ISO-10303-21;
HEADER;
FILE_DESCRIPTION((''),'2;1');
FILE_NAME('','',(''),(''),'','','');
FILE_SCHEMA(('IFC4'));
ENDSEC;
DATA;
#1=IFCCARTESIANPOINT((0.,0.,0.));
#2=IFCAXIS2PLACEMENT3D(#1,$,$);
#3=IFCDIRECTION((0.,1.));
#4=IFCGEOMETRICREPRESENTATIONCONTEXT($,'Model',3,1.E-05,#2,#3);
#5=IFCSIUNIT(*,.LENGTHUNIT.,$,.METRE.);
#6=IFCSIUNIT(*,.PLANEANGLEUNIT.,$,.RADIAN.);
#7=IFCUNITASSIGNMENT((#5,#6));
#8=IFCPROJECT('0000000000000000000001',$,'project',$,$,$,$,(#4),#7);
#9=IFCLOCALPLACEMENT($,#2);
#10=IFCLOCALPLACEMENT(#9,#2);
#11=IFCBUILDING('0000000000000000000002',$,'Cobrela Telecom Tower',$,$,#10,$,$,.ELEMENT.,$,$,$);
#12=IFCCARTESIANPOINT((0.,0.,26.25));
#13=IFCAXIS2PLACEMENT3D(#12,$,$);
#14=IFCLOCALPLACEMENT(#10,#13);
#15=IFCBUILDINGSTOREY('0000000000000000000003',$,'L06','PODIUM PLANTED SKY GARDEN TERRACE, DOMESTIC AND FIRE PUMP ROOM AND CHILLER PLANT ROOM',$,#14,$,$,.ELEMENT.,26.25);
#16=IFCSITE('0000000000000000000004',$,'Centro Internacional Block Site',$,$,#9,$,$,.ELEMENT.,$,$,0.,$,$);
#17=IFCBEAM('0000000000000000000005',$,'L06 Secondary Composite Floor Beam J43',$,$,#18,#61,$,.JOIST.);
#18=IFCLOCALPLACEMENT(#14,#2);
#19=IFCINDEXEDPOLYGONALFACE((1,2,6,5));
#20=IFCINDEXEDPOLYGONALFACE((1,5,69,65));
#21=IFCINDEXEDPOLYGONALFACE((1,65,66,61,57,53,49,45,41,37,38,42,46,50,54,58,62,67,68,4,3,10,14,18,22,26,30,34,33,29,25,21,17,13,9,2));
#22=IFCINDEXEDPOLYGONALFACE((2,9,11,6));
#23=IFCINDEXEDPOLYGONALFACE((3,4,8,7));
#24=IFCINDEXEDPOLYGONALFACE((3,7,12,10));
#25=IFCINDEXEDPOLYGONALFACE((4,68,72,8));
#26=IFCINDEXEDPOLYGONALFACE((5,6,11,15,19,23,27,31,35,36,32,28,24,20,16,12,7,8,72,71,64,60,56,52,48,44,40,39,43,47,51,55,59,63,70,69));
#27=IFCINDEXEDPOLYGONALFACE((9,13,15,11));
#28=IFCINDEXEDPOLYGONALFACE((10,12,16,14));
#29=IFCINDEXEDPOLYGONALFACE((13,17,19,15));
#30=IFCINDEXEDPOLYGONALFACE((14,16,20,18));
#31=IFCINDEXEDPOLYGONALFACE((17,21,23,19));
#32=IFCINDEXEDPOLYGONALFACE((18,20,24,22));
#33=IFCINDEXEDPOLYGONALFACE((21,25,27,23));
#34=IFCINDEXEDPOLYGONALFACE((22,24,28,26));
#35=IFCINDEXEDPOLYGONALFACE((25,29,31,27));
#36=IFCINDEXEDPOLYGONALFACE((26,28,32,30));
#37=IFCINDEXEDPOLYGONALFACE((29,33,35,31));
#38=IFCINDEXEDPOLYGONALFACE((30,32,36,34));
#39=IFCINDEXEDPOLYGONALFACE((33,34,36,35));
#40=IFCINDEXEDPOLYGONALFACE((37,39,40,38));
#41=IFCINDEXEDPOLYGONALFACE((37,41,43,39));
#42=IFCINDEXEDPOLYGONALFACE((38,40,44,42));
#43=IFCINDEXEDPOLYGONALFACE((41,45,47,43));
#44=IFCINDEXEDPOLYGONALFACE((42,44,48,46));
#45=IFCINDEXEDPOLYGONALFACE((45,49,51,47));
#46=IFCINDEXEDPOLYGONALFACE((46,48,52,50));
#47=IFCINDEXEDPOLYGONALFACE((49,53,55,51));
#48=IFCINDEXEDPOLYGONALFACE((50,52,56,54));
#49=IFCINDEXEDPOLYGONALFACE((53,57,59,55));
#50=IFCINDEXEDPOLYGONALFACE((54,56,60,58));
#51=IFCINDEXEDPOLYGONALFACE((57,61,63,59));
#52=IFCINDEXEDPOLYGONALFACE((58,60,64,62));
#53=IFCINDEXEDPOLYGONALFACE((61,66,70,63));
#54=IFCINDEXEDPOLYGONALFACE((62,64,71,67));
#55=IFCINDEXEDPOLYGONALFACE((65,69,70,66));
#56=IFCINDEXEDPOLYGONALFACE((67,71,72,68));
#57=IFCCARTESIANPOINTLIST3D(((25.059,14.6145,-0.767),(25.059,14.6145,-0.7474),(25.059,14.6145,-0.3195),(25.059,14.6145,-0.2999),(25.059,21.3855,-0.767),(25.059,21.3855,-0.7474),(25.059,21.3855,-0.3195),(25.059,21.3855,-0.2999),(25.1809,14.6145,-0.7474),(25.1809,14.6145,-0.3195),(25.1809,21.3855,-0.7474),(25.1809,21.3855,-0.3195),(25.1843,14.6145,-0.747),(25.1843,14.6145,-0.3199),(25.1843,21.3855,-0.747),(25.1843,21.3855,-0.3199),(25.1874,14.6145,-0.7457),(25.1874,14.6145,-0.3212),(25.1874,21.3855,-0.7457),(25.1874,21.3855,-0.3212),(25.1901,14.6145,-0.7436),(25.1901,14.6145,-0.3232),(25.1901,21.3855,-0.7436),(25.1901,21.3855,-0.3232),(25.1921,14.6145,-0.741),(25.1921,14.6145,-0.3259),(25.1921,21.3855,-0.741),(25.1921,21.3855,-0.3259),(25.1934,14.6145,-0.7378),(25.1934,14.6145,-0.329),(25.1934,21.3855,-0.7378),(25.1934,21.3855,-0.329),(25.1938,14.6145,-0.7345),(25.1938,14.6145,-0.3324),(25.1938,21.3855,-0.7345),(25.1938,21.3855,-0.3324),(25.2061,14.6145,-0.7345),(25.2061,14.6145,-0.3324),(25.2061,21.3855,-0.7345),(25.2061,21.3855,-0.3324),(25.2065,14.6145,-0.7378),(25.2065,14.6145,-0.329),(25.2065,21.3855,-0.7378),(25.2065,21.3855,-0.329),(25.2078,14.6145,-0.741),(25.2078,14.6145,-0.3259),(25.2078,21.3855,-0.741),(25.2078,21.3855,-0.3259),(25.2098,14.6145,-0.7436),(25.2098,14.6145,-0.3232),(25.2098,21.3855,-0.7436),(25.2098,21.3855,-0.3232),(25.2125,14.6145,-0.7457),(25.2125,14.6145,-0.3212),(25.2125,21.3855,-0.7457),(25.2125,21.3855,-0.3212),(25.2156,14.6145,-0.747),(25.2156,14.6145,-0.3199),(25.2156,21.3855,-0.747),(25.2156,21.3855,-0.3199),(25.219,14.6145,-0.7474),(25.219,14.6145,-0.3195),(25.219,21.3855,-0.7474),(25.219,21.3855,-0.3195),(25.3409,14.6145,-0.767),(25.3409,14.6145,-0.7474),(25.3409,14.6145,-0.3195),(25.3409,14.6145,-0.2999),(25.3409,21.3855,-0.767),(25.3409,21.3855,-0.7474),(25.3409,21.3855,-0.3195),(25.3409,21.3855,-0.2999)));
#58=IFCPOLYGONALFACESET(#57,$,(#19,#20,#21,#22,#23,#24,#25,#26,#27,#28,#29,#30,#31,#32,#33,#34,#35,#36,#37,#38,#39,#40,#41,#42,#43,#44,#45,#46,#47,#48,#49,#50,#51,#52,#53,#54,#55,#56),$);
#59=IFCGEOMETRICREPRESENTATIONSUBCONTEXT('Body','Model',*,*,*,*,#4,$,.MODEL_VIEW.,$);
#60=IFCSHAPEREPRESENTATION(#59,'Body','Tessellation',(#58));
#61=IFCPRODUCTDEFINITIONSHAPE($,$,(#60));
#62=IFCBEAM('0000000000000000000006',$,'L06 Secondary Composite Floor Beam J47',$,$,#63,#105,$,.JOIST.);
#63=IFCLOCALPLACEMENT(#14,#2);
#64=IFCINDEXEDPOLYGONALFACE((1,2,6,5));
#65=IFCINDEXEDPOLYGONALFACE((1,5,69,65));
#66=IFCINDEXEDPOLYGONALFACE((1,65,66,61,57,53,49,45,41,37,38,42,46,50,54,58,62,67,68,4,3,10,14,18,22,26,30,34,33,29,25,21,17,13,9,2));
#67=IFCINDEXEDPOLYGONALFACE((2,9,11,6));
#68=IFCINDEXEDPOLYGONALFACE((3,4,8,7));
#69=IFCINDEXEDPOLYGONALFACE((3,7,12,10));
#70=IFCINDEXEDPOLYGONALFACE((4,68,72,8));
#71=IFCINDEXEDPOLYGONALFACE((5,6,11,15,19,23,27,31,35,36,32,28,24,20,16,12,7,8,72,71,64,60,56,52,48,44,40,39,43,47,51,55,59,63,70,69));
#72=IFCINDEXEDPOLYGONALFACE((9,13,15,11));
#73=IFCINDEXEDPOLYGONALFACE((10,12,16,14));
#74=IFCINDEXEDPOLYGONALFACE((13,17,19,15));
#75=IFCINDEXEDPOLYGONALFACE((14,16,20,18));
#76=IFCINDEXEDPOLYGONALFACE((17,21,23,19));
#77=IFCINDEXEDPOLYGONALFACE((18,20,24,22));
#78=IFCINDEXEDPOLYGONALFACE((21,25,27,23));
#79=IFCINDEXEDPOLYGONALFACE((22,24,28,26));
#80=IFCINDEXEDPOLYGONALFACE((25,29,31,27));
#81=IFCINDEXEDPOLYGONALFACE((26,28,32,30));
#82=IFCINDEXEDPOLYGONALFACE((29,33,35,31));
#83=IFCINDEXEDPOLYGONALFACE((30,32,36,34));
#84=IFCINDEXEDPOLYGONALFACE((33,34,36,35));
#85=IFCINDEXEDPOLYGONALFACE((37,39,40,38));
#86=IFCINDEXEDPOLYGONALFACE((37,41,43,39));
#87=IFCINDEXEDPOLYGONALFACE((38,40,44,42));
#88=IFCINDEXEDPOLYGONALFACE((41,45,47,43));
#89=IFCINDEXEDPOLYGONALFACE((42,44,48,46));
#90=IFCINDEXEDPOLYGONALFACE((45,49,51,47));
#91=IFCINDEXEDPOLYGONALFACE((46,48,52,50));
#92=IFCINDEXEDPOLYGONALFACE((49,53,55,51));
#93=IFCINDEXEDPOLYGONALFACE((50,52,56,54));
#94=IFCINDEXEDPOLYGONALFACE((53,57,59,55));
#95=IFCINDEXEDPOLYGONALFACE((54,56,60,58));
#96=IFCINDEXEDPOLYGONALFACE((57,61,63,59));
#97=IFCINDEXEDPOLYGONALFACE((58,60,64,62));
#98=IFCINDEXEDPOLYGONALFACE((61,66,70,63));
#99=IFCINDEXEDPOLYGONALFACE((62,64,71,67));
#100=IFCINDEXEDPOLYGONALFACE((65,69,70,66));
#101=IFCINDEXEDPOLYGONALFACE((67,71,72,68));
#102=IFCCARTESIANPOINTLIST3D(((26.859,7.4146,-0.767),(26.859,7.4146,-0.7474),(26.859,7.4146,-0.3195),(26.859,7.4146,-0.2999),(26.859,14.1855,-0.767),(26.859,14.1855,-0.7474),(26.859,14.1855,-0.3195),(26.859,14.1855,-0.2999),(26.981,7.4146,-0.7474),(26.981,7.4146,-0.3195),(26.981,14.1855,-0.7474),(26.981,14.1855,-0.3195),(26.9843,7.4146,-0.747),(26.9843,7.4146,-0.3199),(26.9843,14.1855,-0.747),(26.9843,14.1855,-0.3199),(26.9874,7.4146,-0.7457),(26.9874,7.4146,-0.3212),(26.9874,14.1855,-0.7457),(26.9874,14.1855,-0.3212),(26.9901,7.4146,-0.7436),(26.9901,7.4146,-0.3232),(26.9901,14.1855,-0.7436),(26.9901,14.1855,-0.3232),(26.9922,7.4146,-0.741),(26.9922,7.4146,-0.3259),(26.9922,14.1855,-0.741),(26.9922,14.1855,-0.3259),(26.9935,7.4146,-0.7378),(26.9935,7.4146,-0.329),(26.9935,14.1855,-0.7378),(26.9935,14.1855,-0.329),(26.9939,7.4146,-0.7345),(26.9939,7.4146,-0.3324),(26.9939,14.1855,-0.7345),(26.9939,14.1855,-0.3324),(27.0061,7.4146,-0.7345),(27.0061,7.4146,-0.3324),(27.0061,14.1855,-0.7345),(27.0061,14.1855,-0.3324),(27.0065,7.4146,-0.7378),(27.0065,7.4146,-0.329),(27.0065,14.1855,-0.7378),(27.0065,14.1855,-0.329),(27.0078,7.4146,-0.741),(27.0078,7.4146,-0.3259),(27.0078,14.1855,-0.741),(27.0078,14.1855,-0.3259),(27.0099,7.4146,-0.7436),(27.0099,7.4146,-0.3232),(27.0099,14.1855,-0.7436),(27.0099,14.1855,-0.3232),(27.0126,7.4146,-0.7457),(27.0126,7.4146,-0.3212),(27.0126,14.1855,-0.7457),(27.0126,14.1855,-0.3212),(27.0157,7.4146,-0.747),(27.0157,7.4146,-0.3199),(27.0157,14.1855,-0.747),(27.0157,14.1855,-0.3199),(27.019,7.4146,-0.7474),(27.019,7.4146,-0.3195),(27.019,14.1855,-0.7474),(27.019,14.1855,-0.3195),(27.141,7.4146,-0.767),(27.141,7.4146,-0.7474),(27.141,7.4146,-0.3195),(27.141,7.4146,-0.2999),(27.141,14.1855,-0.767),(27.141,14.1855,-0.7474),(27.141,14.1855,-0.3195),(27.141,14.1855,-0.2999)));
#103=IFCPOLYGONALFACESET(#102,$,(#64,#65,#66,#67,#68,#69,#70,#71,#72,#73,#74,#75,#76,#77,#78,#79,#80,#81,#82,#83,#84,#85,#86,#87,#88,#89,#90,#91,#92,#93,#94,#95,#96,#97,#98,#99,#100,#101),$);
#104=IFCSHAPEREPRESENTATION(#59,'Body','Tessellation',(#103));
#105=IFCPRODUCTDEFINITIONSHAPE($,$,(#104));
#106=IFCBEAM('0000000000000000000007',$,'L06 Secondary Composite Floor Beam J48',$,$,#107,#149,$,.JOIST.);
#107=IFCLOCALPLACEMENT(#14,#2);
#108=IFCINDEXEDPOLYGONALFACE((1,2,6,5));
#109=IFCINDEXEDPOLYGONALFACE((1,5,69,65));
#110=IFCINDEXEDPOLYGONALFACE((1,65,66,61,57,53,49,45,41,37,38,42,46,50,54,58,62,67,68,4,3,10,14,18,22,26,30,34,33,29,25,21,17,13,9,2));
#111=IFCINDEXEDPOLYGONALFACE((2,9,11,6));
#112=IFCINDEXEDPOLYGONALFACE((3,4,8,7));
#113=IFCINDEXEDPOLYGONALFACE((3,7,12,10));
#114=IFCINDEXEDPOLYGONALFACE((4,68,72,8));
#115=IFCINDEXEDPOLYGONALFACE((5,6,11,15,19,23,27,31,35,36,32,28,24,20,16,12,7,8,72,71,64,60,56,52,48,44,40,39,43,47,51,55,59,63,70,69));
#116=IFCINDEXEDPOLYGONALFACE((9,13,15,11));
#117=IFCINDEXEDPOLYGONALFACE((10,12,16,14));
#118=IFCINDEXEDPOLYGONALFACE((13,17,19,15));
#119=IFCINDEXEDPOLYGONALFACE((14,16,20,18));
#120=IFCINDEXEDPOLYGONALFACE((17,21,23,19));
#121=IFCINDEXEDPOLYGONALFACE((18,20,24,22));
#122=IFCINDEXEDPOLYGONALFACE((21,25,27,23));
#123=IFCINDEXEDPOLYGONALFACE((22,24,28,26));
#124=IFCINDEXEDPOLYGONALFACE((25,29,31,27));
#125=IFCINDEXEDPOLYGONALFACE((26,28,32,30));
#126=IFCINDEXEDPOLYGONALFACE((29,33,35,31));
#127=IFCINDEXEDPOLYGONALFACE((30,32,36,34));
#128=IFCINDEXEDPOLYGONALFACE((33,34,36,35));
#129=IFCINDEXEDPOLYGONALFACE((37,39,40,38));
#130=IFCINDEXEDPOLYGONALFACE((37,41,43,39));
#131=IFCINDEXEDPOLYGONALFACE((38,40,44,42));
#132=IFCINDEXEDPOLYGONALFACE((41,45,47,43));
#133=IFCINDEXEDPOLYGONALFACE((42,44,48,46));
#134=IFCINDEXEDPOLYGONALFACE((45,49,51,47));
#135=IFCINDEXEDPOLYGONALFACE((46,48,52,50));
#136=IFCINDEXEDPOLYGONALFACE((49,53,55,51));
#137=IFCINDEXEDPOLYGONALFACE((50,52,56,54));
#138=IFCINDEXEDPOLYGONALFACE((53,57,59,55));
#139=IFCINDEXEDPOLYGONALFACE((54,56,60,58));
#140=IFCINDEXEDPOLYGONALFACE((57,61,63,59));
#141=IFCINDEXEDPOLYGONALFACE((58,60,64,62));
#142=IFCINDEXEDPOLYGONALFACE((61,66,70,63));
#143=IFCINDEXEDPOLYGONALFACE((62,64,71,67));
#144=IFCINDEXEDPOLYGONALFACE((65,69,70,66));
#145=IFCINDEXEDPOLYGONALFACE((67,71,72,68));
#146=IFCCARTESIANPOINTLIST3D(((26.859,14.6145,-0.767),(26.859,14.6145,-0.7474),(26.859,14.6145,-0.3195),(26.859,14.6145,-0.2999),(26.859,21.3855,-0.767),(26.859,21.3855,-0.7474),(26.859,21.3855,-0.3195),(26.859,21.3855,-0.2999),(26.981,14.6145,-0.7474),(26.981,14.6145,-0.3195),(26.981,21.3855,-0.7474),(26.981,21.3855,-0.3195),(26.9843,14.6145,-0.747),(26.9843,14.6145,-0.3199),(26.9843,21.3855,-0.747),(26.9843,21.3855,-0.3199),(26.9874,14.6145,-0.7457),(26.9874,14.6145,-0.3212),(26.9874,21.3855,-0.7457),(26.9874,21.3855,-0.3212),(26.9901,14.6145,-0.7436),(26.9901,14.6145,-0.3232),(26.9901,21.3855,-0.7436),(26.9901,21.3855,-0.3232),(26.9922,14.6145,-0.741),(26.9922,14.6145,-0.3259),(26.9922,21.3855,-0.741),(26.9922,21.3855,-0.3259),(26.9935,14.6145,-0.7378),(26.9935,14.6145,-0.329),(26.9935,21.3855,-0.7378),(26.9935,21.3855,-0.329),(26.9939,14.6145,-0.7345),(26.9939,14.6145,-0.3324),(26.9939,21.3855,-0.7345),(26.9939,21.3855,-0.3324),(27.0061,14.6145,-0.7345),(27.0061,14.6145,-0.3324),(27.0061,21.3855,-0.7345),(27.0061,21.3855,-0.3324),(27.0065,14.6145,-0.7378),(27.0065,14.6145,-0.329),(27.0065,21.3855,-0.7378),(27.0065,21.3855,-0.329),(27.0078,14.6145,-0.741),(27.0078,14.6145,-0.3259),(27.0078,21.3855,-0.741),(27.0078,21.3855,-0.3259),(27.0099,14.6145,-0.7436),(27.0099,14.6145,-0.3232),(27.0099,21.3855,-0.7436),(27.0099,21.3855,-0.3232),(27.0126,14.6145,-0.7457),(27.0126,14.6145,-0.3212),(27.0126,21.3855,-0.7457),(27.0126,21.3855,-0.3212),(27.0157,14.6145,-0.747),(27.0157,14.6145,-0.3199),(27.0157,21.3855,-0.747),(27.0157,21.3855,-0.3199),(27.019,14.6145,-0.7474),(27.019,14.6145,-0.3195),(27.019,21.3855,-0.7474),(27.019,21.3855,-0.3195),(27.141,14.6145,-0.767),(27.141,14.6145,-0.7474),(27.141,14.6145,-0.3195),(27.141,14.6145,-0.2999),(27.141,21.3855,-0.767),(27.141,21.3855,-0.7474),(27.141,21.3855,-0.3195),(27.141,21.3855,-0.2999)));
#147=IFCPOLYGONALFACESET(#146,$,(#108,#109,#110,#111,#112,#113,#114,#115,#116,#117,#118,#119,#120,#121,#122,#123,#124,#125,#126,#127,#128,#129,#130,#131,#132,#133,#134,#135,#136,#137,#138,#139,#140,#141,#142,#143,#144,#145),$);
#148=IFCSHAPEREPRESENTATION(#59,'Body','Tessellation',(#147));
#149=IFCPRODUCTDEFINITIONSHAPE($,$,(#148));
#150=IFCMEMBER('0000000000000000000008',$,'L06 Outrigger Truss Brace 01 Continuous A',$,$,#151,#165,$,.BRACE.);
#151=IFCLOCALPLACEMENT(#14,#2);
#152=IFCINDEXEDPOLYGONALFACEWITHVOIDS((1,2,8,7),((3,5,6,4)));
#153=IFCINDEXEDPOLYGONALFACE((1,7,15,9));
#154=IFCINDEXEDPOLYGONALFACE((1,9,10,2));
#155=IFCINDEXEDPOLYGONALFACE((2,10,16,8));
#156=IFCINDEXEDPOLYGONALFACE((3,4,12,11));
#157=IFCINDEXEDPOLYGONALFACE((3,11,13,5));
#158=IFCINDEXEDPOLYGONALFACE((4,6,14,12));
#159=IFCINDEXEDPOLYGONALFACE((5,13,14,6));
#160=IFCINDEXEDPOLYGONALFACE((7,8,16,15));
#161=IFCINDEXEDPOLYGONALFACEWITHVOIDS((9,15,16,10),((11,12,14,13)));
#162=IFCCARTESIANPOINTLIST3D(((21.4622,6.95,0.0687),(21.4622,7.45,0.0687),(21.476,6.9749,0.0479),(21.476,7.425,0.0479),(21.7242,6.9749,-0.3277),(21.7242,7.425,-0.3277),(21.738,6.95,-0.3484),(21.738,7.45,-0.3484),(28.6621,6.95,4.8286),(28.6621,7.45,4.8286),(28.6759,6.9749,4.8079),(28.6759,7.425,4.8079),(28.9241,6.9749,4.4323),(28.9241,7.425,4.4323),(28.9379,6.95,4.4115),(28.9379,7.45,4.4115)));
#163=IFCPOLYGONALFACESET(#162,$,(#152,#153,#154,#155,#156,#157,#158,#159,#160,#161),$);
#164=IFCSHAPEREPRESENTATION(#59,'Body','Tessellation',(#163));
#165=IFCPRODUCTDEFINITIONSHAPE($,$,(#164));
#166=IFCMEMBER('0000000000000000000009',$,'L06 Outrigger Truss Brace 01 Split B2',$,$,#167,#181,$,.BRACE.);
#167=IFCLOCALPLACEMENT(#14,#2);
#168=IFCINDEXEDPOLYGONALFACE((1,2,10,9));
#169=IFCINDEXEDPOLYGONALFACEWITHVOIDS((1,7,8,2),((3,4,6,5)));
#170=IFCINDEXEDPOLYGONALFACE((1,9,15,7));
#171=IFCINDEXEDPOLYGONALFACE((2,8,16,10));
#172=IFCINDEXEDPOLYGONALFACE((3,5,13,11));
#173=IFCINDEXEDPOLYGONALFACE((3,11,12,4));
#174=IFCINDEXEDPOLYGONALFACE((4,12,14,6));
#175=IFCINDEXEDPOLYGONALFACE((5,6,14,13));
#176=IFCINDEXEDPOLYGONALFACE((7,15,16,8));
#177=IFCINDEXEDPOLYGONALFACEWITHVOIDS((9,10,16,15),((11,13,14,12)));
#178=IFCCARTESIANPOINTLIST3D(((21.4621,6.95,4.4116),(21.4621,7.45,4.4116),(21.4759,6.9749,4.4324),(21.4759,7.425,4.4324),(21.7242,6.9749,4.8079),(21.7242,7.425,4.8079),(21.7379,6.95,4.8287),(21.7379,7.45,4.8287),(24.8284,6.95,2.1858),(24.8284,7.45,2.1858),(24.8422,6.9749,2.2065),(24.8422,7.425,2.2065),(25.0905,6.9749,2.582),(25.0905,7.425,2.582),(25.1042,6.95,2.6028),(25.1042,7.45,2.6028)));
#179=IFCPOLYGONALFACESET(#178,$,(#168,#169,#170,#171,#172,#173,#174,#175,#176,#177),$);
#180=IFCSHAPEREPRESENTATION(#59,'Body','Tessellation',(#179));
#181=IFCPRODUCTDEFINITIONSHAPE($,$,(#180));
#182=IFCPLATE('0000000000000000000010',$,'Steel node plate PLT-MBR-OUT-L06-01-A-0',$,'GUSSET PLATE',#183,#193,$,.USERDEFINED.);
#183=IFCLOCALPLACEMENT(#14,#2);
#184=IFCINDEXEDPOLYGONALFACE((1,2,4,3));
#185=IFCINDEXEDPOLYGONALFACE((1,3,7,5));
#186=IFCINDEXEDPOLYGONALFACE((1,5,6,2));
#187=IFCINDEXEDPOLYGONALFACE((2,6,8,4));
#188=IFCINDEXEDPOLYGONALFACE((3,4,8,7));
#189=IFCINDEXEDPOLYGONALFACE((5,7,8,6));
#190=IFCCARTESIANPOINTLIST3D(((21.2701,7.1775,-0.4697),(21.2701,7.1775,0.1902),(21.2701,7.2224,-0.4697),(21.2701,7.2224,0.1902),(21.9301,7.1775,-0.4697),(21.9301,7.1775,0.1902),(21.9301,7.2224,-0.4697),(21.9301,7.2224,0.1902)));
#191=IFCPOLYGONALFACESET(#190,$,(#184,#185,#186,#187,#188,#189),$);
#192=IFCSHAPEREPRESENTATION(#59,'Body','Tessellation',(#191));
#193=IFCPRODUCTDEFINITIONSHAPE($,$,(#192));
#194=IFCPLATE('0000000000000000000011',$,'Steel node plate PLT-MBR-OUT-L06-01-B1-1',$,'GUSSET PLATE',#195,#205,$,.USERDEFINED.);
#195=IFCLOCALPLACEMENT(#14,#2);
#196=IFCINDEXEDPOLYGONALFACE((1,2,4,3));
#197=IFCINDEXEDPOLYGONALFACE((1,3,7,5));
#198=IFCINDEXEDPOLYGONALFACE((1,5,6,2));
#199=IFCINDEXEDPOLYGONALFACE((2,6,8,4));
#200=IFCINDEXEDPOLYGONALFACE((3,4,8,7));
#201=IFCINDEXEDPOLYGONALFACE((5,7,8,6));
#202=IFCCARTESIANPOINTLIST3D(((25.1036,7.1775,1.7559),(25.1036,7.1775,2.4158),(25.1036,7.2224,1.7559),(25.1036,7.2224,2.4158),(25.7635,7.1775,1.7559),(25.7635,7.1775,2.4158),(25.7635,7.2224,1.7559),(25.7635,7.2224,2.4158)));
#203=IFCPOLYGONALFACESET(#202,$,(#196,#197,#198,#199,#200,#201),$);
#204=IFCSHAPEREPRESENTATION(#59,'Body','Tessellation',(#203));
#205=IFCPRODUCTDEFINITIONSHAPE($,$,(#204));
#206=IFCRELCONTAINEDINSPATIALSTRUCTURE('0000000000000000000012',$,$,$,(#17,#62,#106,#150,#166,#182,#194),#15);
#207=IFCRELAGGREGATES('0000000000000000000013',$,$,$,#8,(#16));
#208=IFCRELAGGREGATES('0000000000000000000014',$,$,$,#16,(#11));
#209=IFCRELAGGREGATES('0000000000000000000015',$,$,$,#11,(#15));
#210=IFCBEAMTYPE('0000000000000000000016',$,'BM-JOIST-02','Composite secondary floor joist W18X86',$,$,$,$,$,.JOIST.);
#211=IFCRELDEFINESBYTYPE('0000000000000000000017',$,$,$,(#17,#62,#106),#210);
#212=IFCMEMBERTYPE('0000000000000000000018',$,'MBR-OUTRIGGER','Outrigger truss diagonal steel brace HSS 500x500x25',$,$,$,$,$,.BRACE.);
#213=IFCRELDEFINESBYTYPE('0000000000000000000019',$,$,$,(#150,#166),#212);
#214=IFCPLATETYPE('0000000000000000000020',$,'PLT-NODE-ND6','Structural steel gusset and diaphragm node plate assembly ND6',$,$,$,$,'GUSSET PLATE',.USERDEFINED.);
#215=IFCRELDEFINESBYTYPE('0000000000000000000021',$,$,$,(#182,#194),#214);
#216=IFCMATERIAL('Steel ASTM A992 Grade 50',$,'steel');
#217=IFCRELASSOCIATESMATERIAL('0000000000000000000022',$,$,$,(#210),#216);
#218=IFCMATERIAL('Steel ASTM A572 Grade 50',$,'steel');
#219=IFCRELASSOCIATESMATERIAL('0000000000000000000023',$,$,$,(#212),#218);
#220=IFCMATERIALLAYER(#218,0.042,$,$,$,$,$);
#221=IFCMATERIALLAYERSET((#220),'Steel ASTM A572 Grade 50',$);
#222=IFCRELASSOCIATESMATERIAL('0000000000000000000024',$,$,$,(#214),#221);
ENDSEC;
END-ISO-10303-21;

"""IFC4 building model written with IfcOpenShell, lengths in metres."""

from ifc_helpers import new_model, si_unit, direction, frame, origin, origin_2d, place, context, subcontext, project, spatial, rectangle, hollow_rectangle, i_section, extrude, material, layer, layer_set, material_profile, profile_set, type_object, element, save


model = new_model("IFC4")

# Units and contexts
model_context = context("Model", 3, precision=1e-05, world=origin(), true_north=direction((0.0, 1.0)))
body_context = subcontext(model_context, "Body", "Model", "MODEL_VIEW")
ifc_project = project(units=[si_unit("LENGTHUNIT", "METRE"), si_unit("PLANEANGLEUNIT", "RADIAN")], contexts=[model_context])

# Site, building, storey
site_placement = place(None, origin())
site = spatial("IfcSite", under=ifc_project, at=site_placement, Name="Centro Internacional Block Site", CompositionType="ELEMENT", RefElevation=0.0)
building_placement = place(site_placement, origin())
building = spatial("IfcBuilding", under=site, at=building_placement, Name="Cobrela Telecom Tower", CompositionType="ELEMENT")
storey_placement = place(building_placement, frame((0.0, 0.0, 26.25)))
storey = spatial("IfcBuildingStorey", under=building, at=storey_placement, Name="L06", Description="PODIUM PLANTED SKY GARDEN TERRACE, DOMESTIC AND FIRE PUMP ROOM AND CHILLER PLANT ROOM", CompositionType="ELEMENT", Elevation=26.25)

# Beams
ifc_material_1 = material(Name="Steel ASTM A992 Grade 50", Category="steel")
ifc_material_profile_1 = material_profile(ifc_material_1, i_section(OverallWidth=0.282, OverallDepth=0.467, WebThickness=0.0122, FlangeThickness=0.0195, FilletRadius=0.0129, at=origin_2d()), Name="W18X86")
ifc_profile_set_1 = profile_set([ifc_material_profile_1], Name="Steel ASTM A992 Grade 50")
beam_type_1 = type_object("IfcBeamType", Name="BM-JOIST-02", Description="Composite secondary floor joist W18X86", PredefinedType="JOIST", material=ifc_profile_set_1)
for number, where, z_axis, x_axis, name in (
    (1, (25.2, 14.6145, -0.5334), (0.0, 1.0, 0.0), (-1.0, 0.0, 0.0), "L06 Secondary Composite Floor Beam J43"),
    (2, (27.0, 7.4146, -0.5334), (0.0, 1.0, 0.0), (-1.0, 0.0, 0.0), "L06 Secondary Composite Floor Beam J47"),
    (3, (27.0, 14.6145, -0.5334), (0.0, 1.0, 0.0), (-1.0, 0.0, 0.0), "L06 Secondary Composite Floor Beam J48"),
):
    element("IfcBeam", number, at=place(storey_placement, frame(where, z_axis=z_axis, x_axis=x_axis)), inside=storey, type_object=beam_type_1, Name=name, PredefinedType="JOIST", context=body_context, shape_type="SweptSolid", body=[
        extrude(i_section(OverallWidth=0.282, OverallDepth=0.467, WebThickness=0.0122, FlangeThickness=0.0195, FilletRadius=0.0129, at=origin_2d()), origin(), (0.0, 0.0, 1.0), 6.771),
    ])

# Members
ifc_material_2 = material(Name="Steel ASTM A572 Grade 50", Category="steel")
ifc_material_profile_2 = material_profile(ifc_material_2, hollow_rectangle(XDim=0.5, YDim=0.5, WallThickness=0.0249, at=origin_2d()), Name="HSS 500x500x25")
ifc_profile_set_2 = profile_set([ifc_material_profile_2], Name="Steel ASTM A572 Grade 50")
member_type = type_object("IfcMemberType", Name="MBR-OUTRIGGER", Description="Outrigger truss diagonal steel brace HSS 500x500x25", PredefinedType="BRACE", material=ifc_profile_set_2)
member_1_placement = place(storey_placement, frame((21.6001, 7.2, -0.1399), z_axis=(0.834181, 0.0, 0.551491), x_axis=(0.0, 1.0, 0.0)))
element("IfcMember", 4, at=member_1_placement, inside=storey, type_object=member_type, Name="L06 Outrigger Truss Brace 01 Continuous A", PredefinedType="BRACE", context=body_context, shape_type="SweptSolid", body=[
    extrude(hollow_rectangle(XDim=0.5, YDim=0.5, WallThickness=0.0249, at=origin_2d()), origin(), (0.0, 0.0, 1.0), 8.6311),
])
member_2_placement = place(storey_placement, frame((24.9663, 7.2, 2.3943), z_axis=(-0.834139, 0.0, 0.551555), x_axis=(0.0, -1.0, 0.0)))
element("IfcMember", 5, at=member_2_placement, inside=storey, type_object=member_type, Name="L06 Outrigger Truss Brace 01 Split B2", PredefinedType="BRACE", context=body_context, shape_type="SweptSolid", body=[
    extrude(hollow_rectangle(XDim=0.5, YDim=0.5, WallThickness=0.0249, at=origin_2d()), origin(), (0.0, 0.0, 1.0), 4.0356),
])

# Plates
ifc_layer_1 = layer(ifc_material_2, 0.042)
ifc_layer_set_1 = layer_set([ifc_layer_1], Name="Steel ASTM A572 Grade 50")
plate_type = type_object("IfcPlateType", Name="PLT-NODE-ND6", Description="Structural steel gusset and diaphragm node plate assembly ND6", ElementType="GUSSET PLATE", PredefinedType="USERDEFINED", material=ifc_layer_set_1)
for number, where, z_axis, x_axis, name in (
    (6, (21.6001, 7.2, -0.4697), (0.0, 0.0, 1.0), (1.0, 0.0, 0.0), "Steel node plate PLT-MBR-OUT-L06-01-A-0"),
    (7, (25.4336, 7.2, 1.7559), (0.0, 0.0, 1.0), (-1.0, 0.0, 0.0), "Steel node plate PLT-MBR-OUT-L06-01-B1-1"),
):
    element("IfcPlate", number, at=place(storey_placement, frame(where, z_axis=z_axis, x_axis=x_axis)), inside=storey, type_object=plate_type, Name=name, ObjectType="GUSSET PLATE", PredefinedType="USERDEFINED", context=body_context, shape_type="SweptSolid", body=[
        extrude(rectangle(XDim=0.6599, YDim=0.0449, at=origin_2d()), origin(), (0.0, 0.0, 1.0), 0.6599),
    ])

save(model, "model.ifc")
